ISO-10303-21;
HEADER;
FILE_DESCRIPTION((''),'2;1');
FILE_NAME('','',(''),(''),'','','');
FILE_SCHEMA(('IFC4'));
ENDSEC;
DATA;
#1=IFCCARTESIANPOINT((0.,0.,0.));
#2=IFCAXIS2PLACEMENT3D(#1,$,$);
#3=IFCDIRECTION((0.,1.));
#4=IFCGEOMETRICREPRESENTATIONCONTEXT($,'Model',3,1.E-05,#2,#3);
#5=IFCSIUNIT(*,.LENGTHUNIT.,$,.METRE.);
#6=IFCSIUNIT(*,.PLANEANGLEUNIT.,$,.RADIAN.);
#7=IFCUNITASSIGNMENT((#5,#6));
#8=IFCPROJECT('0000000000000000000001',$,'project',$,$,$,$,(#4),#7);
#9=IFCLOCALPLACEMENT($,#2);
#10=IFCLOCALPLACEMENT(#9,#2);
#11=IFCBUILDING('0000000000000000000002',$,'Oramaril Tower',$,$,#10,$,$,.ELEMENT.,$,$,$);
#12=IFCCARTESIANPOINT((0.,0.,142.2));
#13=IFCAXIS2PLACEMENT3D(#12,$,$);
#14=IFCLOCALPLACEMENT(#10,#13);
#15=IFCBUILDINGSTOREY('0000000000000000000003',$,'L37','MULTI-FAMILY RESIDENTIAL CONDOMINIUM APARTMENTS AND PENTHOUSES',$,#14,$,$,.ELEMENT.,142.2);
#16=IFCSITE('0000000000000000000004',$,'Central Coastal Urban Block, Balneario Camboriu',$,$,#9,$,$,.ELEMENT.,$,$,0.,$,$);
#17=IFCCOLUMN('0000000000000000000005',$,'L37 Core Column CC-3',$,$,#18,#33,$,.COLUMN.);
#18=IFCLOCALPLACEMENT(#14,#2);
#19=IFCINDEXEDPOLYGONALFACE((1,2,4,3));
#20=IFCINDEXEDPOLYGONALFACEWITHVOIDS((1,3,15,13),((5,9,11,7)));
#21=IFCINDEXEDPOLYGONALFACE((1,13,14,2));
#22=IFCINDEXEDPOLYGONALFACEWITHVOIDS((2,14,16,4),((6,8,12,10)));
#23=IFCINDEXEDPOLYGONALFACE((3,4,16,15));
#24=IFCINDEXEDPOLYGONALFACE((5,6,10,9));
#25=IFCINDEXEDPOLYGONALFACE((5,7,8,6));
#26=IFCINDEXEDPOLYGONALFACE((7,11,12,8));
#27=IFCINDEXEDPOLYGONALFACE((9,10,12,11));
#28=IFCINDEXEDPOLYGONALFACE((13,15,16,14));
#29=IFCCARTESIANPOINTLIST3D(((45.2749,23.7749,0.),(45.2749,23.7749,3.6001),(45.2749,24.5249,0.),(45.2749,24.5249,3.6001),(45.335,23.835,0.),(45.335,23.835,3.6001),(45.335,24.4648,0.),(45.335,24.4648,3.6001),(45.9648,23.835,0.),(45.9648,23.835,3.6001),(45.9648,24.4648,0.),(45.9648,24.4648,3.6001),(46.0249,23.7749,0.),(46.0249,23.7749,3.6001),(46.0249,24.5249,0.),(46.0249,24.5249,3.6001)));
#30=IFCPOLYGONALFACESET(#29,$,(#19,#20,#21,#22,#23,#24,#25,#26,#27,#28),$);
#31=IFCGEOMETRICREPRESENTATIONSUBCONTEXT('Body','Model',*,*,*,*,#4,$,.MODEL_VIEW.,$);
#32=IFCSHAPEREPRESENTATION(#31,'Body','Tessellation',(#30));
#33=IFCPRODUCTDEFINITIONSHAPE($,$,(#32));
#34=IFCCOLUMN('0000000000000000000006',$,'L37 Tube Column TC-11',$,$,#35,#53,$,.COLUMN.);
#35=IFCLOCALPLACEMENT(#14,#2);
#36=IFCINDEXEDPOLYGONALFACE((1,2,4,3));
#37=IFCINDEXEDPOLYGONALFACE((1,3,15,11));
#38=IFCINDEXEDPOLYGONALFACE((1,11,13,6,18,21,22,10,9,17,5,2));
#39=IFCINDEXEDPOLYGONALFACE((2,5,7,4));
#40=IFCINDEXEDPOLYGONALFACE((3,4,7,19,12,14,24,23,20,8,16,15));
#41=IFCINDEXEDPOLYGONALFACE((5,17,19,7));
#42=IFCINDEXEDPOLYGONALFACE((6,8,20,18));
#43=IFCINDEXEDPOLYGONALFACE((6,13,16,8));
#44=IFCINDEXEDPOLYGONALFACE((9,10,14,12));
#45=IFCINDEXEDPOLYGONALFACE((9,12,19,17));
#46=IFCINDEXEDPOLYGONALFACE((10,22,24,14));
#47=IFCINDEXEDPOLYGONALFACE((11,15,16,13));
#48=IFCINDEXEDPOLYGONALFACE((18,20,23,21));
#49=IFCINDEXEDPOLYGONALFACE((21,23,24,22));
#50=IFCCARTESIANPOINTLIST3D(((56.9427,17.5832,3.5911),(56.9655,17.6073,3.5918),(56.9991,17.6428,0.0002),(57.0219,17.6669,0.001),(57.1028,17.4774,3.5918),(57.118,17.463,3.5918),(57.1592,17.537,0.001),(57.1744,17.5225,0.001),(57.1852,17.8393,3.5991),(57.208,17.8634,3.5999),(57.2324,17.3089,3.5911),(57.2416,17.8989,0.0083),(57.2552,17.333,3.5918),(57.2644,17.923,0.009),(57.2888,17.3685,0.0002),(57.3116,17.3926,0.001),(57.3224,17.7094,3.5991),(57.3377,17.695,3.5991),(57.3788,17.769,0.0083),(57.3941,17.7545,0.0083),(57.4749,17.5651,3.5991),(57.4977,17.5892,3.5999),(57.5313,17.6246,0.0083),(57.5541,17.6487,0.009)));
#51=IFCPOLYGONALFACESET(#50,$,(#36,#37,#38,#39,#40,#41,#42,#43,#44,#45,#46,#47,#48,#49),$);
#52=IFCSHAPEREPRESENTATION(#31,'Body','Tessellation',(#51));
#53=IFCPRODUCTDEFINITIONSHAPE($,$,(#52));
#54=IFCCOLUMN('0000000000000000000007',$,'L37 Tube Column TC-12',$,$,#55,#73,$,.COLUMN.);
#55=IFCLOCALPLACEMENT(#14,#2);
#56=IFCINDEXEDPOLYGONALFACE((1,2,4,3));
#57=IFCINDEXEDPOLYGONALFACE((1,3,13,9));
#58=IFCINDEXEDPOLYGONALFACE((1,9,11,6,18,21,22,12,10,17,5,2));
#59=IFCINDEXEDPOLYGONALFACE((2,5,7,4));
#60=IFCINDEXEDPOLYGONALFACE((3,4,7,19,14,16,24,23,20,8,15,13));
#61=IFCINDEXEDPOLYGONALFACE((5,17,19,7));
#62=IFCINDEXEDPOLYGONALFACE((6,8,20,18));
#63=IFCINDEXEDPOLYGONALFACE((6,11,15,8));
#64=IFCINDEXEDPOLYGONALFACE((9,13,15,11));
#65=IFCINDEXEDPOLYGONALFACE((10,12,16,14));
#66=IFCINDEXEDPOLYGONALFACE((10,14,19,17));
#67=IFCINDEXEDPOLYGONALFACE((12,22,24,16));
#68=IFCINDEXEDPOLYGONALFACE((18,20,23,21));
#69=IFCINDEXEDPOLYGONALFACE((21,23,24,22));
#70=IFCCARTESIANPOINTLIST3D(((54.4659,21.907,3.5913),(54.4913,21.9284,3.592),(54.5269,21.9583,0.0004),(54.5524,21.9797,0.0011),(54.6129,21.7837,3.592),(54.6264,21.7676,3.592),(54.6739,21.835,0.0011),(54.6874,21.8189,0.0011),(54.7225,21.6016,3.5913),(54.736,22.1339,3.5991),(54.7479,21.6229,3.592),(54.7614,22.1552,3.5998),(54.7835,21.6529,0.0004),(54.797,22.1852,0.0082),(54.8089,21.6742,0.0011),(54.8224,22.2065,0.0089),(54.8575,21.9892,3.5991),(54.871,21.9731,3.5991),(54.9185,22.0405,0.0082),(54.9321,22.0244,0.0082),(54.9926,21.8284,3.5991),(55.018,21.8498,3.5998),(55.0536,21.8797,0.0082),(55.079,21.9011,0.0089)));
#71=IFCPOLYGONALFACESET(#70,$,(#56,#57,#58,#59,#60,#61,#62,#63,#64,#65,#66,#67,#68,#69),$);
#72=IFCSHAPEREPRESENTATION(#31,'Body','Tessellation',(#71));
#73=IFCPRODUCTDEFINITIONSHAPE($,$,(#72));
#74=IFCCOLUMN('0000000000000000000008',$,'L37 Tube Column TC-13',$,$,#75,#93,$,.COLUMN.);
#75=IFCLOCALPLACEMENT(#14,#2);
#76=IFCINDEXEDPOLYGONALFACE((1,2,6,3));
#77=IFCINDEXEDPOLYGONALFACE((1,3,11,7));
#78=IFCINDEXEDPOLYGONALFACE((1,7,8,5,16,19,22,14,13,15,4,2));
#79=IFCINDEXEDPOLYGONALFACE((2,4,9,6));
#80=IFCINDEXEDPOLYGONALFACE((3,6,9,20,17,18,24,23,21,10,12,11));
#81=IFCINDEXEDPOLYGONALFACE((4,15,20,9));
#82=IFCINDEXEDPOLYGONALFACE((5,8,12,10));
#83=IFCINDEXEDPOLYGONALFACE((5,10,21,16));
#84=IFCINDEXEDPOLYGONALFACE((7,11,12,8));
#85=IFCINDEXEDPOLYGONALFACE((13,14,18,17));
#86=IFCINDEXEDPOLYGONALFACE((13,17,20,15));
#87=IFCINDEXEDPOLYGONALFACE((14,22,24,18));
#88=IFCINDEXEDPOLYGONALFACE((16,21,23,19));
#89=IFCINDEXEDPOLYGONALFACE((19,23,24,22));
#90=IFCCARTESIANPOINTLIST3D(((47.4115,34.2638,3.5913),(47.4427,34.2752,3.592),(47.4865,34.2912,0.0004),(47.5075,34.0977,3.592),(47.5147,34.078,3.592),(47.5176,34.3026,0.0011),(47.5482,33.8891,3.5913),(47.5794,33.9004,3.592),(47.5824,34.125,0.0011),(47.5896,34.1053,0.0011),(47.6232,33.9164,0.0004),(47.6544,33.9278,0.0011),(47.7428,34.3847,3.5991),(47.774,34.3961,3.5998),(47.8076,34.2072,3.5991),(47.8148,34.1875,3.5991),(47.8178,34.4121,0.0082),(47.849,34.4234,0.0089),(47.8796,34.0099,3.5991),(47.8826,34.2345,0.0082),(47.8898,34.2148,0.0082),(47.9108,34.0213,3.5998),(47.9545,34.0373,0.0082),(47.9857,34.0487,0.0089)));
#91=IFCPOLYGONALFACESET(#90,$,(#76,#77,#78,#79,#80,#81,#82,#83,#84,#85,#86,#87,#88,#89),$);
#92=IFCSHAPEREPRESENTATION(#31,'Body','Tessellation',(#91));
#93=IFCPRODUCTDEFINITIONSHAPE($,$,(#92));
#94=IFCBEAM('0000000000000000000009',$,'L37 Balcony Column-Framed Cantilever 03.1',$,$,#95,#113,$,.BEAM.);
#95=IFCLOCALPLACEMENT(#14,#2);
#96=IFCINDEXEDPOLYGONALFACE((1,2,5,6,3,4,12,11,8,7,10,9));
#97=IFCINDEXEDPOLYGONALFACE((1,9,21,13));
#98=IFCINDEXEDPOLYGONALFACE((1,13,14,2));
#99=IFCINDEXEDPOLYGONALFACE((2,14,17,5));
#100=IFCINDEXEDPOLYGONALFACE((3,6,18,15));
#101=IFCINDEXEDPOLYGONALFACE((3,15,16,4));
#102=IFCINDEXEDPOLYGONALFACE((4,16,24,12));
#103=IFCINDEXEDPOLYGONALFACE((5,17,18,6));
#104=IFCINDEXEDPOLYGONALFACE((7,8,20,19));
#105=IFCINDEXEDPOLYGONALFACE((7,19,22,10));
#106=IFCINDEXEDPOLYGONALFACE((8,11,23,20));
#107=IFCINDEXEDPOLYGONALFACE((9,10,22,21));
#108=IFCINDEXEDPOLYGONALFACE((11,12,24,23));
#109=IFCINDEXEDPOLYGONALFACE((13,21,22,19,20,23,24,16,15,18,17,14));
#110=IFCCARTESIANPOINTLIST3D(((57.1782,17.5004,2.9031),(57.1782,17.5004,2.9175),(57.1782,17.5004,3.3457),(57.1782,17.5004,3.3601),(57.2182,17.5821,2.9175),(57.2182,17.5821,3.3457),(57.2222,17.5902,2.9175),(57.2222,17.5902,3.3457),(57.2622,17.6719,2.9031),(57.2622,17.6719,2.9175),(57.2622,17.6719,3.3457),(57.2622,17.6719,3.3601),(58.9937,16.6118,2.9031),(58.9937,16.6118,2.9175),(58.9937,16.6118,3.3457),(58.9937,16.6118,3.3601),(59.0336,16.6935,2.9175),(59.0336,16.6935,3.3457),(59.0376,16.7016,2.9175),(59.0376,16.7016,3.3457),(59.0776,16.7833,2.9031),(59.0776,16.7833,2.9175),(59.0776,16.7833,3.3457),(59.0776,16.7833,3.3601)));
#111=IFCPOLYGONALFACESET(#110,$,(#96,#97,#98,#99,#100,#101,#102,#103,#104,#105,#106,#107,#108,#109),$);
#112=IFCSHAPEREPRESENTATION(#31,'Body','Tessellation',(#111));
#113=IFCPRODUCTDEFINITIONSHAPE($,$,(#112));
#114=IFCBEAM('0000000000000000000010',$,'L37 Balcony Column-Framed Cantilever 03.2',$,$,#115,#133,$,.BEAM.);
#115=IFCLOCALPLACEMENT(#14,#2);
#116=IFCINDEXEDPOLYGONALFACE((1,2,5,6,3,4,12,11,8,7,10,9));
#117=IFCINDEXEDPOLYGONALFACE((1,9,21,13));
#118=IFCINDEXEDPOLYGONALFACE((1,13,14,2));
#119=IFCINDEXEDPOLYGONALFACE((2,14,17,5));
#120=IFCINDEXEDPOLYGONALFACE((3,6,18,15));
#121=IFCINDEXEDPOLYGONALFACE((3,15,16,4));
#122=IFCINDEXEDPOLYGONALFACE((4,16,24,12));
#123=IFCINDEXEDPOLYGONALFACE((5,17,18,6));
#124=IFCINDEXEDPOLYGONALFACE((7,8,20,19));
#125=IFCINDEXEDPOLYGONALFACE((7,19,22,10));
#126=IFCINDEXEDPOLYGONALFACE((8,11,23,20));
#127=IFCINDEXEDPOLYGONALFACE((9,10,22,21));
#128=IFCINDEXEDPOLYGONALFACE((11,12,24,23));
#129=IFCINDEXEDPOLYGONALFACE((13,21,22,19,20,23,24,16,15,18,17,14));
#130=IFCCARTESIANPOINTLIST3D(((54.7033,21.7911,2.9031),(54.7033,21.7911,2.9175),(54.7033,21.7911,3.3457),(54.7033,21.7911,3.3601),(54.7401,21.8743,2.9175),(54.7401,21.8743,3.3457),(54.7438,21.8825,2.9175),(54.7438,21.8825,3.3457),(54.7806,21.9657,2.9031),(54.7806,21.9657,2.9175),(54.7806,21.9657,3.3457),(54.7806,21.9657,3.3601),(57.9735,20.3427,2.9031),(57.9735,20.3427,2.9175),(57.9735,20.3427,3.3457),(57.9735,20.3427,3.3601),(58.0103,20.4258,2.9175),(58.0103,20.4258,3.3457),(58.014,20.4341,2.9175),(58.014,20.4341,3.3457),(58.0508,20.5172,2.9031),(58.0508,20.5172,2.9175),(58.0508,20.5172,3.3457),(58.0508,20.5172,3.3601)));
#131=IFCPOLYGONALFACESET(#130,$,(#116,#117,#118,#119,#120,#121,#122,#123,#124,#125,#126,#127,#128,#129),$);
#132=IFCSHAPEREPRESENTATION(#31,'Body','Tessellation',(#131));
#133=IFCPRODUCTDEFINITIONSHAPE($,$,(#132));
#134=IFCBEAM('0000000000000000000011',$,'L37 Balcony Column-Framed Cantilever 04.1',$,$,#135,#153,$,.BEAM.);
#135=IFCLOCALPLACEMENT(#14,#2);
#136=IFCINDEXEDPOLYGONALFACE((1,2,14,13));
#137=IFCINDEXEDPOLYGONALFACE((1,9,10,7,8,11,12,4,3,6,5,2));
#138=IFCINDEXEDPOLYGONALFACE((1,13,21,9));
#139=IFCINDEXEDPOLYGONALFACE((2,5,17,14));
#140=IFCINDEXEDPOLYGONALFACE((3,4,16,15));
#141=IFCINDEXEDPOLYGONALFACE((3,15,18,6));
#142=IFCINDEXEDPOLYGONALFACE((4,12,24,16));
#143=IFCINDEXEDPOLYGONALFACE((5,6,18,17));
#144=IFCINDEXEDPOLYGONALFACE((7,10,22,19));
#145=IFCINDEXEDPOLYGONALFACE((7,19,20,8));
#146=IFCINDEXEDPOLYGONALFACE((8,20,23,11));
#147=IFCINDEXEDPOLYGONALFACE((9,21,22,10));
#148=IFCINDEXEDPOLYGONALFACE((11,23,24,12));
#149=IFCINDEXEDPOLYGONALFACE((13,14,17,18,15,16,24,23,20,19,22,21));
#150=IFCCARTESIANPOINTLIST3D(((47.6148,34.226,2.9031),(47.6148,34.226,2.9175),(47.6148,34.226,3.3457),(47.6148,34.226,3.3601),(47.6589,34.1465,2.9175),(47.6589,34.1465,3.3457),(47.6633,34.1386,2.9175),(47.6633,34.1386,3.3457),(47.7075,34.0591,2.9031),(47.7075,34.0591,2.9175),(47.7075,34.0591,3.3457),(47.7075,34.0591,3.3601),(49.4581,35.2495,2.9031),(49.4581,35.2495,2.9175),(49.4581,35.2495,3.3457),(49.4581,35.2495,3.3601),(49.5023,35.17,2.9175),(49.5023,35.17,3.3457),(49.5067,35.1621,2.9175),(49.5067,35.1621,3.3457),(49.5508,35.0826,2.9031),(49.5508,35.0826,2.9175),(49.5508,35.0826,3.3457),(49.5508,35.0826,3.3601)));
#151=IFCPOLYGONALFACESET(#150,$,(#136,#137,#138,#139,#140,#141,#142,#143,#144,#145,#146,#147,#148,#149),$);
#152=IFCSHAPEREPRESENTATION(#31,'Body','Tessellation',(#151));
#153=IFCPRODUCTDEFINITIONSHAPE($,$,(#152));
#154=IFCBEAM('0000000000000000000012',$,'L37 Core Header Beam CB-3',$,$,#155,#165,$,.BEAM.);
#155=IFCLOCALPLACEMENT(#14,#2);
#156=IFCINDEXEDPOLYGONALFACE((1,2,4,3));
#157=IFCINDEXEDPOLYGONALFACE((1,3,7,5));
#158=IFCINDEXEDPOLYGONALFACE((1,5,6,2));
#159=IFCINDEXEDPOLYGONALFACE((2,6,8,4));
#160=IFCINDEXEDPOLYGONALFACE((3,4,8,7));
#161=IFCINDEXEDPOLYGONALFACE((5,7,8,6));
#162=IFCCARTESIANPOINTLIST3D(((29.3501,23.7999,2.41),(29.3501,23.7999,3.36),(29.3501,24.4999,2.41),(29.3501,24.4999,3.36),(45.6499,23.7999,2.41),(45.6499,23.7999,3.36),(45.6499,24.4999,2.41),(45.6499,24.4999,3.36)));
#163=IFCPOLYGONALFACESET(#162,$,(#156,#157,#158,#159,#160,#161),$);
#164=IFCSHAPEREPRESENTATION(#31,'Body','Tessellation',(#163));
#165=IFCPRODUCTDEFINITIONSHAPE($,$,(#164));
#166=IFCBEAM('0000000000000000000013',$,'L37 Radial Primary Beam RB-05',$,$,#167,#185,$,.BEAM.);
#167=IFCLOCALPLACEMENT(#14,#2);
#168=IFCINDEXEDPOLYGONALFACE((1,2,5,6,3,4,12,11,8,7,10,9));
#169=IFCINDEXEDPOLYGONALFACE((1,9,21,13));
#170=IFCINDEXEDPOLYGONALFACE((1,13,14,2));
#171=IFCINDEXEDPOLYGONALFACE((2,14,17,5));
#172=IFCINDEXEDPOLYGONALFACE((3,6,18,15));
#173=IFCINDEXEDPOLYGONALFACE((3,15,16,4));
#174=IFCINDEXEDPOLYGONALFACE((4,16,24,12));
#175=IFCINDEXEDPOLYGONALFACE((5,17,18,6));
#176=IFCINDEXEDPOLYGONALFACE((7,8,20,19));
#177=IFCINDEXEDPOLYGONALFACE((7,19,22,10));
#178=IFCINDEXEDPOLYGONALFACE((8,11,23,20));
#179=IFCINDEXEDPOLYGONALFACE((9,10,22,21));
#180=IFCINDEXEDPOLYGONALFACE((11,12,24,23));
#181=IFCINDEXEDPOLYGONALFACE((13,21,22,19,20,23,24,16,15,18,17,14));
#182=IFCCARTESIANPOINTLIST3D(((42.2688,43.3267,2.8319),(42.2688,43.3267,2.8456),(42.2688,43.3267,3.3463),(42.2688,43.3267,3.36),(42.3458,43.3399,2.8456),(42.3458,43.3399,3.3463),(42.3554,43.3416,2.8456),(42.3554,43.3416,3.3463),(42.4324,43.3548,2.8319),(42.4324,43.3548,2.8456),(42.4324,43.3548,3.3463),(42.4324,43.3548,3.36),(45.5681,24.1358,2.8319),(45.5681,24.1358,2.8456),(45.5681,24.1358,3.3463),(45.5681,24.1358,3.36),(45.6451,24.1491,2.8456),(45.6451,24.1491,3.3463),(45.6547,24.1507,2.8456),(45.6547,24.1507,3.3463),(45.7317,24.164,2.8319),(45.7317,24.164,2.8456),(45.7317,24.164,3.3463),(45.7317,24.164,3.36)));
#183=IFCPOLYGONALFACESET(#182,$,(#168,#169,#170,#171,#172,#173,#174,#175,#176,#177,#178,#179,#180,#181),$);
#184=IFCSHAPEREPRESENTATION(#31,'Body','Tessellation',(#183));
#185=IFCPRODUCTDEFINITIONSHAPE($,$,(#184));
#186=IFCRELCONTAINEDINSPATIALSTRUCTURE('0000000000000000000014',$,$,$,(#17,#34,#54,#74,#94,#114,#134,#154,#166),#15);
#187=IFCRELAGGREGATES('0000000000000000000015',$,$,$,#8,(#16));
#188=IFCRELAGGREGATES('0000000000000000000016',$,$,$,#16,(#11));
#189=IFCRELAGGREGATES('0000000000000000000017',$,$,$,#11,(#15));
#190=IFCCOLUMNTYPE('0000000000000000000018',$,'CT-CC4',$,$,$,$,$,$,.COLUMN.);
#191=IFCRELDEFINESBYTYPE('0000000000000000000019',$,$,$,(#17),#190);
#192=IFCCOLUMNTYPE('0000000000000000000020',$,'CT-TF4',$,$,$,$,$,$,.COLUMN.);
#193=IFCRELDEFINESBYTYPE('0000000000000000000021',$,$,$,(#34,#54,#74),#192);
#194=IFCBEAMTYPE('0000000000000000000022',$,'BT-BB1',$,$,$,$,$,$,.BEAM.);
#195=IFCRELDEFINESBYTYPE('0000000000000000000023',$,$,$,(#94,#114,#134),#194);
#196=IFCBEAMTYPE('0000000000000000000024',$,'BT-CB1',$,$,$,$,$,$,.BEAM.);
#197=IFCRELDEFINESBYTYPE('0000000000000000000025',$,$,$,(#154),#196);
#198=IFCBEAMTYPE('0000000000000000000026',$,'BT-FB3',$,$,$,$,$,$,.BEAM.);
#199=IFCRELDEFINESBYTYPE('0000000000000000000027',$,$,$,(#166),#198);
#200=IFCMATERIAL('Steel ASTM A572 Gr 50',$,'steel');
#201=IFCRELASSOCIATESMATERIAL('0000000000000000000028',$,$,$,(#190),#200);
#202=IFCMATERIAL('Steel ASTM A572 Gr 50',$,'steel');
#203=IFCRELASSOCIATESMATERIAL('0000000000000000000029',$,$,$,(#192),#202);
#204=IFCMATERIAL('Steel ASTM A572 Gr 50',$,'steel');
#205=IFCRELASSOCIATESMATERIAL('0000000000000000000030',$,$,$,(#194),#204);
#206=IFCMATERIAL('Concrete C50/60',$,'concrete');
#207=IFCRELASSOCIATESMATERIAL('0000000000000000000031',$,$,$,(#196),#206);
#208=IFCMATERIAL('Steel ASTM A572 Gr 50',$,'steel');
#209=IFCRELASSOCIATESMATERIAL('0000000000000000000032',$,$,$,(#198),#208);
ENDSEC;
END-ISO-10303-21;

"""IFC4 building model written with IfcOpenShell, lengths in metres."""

from ifc_helpers import new_model, si_unit, direction, frame, origin, origin_2d, place, context, subcontext, project, spatial, rectangle, hollow_rectangle, i_section, extrude, material, material_profile, profile_set, type_object, element, save


model = new_model("IFC4")

# Units and contexts
model_context = context("Model", 3, precision=1e-05, world=origin(), true_north=direction((0.0, 1.0)))
body_context = subcontext(model_context, "Body", "Model", "MODEL_VIEW")
ifc_project = project(units=[si_unit("LENGTHUNIT", "METRE"), si_unit("PLANEANGLEUNIT", "RADIAN")], contexts=[model_context])

# Site, building, storey
site_placement = place(None, origin())
site = spatial("IfcSite", under=ifc_project, at=site_placement, Name="Central Coastal Urban Block, Balneario Camboriu", CompositionType="ELEMENT", RefElevation=0.0)
building_placement = place(site_placement, origin())
building = spatial("IfcBuilding", under=site, at=building_placement, Name="Oramaril Tower", CompositionType="ELEMENT")
storey_placement = place(building_placement, frame((0.0, 0.0, 142.2)))
storey = spatial("IfcBuildingStorey", under=building, at=storey_placement, Name="L37", Description="MULTI-FAMILY RESIDENTIAL CONDOMINIUM APARTMENTS AND PENTHOUSES", CompositionType="ELEMENT", Elevation=142.2)

# Columns
ifc_material_1 = material(Name="Steel ASTM A572 Gr 50", Category="steel")
ifc_material_profile_1 = material_profile(ifc_material_1, hollow_rectangle(XDim=0.75, YDim=0.75, WallThickness=0.0601, at=origin_2d()), Name="BOX750X750X60")
ifc_profile_set_1 = profile_set([ifc_material_profile_1], Name="Steel ASTM A572 Gr 50")
column_type_1 = type_object("IfcColumnType", Name="CT-CC4", PredefinedType="COLUMN", material=ifc_profile_set_1)
column_placement = place(storey_placement, frame((45.6499, 24.1499, 0.0), z_axis=(0.0, 0.0, 1.0), x_axis=(1.0, 0.0, 0.0)))
element("IfcColumn", 1, at=column_placement, inside=storey, type_object=column_type_1, Name="L37 Core Column CC-3", PredefinedType="COLUMN", context=body_context, shape_type="SweptSolid", body=[
    extrude(hollow_rectangle(XDim=0.75, YDim=0.75, WallThickness=0.0601, at=origin_2d()), origin(), (0.0, 0.0, 1.0), 3.6001),
])
ifc_material_2 = material(Name="Steel ASTM A572 Gr 50", Category="steel")
ifc_material_profile_2 = material_profile(ifc_material_2, i_section(OverallWidth=0.3989, OverallDepth=0.386, WebThickness=0.021, FlangeThickness=0.0332, at=origin_2d()), Name="W14X176")
ifc_profile_set_2 = profile_set([ifc_material_profile_2], Name="Steel ASTM A572 Gr 50")
column_type_2 = type_object("IfcColumnType", Name="CT-TF4", PredefinedType="COLUMN", material=ifc_profile_set_2)
for number, where, z_axis, x_axis, name in (
    (2, (57.2766, 17.6458, 0.0046), (-0.015702, -0.016585, 0.999739), (0.726187, -0.687497, 0.0), "L37 Tube Column TC-11"),
    (3, (54.803, 21.9297, 0.0046), (-0.016993, -0.014274, 0.999754), (0.643192, -0.765705, 0.0), "L37 Tube Column TC-12"),
    (4, (47.7361, 34.1699, 0.0046), (-0.020868, -0.007613, 0.999753), (0.342726, -0.939436, 0.0), "L37 Tube Column TC-13"),
):
    element("IfcColumn", number, at=place(storey_placement, frame(where, z_axis=z_axis, x_axis=x_axis)), inside=storey, type_object=column_type_2, Name=name, PredefinedType="COLUMN", context=body_context, shape_type="SweptSolid", body=[
        extrude(i_section(OverallWidth=0.3989, OverallDepth=0.386, WebThickness=0.021, FlangeThickness=0.0332, at=origin_2d()), origin(), (0.0, 0.0, 1.0), 3.5918),
    ])

# Beams
ifc_material_3 = material(Name="Steel ASTM A572 Gr 50", Category="steel")
ifc_material_profile_3 = material_profile(ifc_material_3, i_section(OverallWidth=0.1909, OverallDepth=0.457, WebThickness=0.009, FlangeThickness=0.0144, at=origin_2d()), Name="W18X50")
ifc_profile_set_3 = profile_set([ifc_material_profile_3], Name="Steel ASTM A572 Gr 50")
beam_type_1 = type_object("IfcBeamType", Name="BT-BB1", PredefinedType="BEAM", material=ifc_profile_set_3)
beam_1_placement = place(storey_placement, frame((57.2202, 17.5862, 3.1316), z_axis=(0.898164, -0.439661, 0.0), x_axis=(0.439661, 0.898164, 0.0)))
element("IfcBeam", 5, at=beam_1_placement, inside=storey, type_object=beam_type_1, Name="L37 Balcony Column-Framed Cantilever 03.1", PredefinedType="BEAM", context=body_context, shape_type="SweptSolid", body=[
    extrude(i_section(OverallWidth=0.1909, OverallDepth=0.457, WebThickness=0.009, FlangeThickness=0.0144, at=origin_2d()), origin(), (0.0, 0.0, 1.0), 2.0212),
])
beam_2_placement = place(storey_placement, frame((54.7419, 21.8784, 3.1316), z_axis=(0.914326, -0.404979, 0.0), x_axis=(0.404979, 0.914326, 0.0)))
element("IfcBeam", 6, at=beam_2_placement, inside=storey, type_object=beam_type_1, Name="L37 Balcony Column-Framed Cantilever 03.2", PredefinedType="BEAM", context=body_context, shape_type="SweptSolid", body=[
    extrude(i_section(OverallWidth=0.1909, OverallDepth=0.457, WebThickness=0.009, FlangeThickness=0.0144, at=origin_2d()), origin(), (0.0, 0.0, 1.0), 3.5767),
])
beam_3_placement = place(storey_placement, frame((47.6611, 34.1426, 3.1316), z_axis=(0.874277, 0.485427, 0.0), x_axis=(-0.485427, 0.874277, 0.0)))
element("IfcBeam", 7, at=beam_3_placement, inside=storey, type_object=beam_type_1, Name="L37 Balcony Column-Framed Cantilever 04.1", PredefinedType="BEAM", context=body_context, shape_type="SweptSolid", body=[
    extrude(i_section(OverallWidth=0.1909, OverallDepth=0.457, WebThickness=0.009, FlangeThickness=0.0144, at=origin_2d()), origin(), (0.0, 0.0, 1.0), 2.1084),
])
ifc_material_4 = material(Name="Concrete C50/60", Category="concrete")
ifc_material_profile_4 = material_profile(ifc_material_4, rectangle(XDim=0.7, YDim=0.95, at=origin_2d()), Name="CB700X950")
ifc_profile_set_4 = profile_set([ifc_material_profile_4], Name="Concrete C50/60")
beam_type_2 = type_object("IfcBeamType", Name="BT-CB1", PredefinedType="BEAM", material=ifc_profile_set_4)
beam_4_placement = place(storey_placement, frame((45.6499, 24.1499, 2.885), z_axis=(-1.0, 0.0, 0.0), x_axis=(0.0, -1.0, 0.0)))
element("IfcBeam", 8, at=beam_4_placement, inside=storey, type_object=beam_type_2, Name="L37 Core Header Beam CB-3", PredefinedType="BEAM", context=body_context, shape_type="SweptSolid", body=[
    extrude(rectangle(XDim=0.7, YDim=0.95, at=origin_2d()), origin(), (0.0, 0.0, 1.0), 16.2998),
])
ifc_material_5 = material(Name="Steel ASTM A572 Gr 50", Category="steel")
ifc_material_profile_5 = material_profile(ifc_material_5, i_section(OverallWidth=0.166, OverallDepth=0.5281, WebThickness=0.0098, FlangeThickness=0.0137, at=origin_2d()), Name="W21X50")
ifc_profile_set_5 = profile_set([ifc_material_profile_5], Name="Steel ASTM A572 Gr 50")
beam_type_3 = type_object("IfcBeamType", Name="BT-FB3", PredefinedType="BEAM", material=ifc_profile_set_5)
beam_5_placement = place(storey_placement, frame((45.6499, 24.1499, 3.0959), z_axis=(-0.169435, 0.985541, 0.0), x_axis=(-0.985541, -0.169435, 0.0)))
element("IfcBeam", 9, at=beam_5_placement, inside=storey, type_object=beam_type_3, Name="L37 Radial Primary Beam RB-05", PredefinedType="BEAM", context=body_context, shape_type="SweptSolid", body=[
    extrude(i_section(OverallWidth=0.166, OverallDepth=0.5281, WebThickness=0.0098, FlangeThickness=0.0137, at=origin_2d()), origin(), (0.0, 0.0, 1.0), 19.4724),
])

save(model, "model.ifc")
